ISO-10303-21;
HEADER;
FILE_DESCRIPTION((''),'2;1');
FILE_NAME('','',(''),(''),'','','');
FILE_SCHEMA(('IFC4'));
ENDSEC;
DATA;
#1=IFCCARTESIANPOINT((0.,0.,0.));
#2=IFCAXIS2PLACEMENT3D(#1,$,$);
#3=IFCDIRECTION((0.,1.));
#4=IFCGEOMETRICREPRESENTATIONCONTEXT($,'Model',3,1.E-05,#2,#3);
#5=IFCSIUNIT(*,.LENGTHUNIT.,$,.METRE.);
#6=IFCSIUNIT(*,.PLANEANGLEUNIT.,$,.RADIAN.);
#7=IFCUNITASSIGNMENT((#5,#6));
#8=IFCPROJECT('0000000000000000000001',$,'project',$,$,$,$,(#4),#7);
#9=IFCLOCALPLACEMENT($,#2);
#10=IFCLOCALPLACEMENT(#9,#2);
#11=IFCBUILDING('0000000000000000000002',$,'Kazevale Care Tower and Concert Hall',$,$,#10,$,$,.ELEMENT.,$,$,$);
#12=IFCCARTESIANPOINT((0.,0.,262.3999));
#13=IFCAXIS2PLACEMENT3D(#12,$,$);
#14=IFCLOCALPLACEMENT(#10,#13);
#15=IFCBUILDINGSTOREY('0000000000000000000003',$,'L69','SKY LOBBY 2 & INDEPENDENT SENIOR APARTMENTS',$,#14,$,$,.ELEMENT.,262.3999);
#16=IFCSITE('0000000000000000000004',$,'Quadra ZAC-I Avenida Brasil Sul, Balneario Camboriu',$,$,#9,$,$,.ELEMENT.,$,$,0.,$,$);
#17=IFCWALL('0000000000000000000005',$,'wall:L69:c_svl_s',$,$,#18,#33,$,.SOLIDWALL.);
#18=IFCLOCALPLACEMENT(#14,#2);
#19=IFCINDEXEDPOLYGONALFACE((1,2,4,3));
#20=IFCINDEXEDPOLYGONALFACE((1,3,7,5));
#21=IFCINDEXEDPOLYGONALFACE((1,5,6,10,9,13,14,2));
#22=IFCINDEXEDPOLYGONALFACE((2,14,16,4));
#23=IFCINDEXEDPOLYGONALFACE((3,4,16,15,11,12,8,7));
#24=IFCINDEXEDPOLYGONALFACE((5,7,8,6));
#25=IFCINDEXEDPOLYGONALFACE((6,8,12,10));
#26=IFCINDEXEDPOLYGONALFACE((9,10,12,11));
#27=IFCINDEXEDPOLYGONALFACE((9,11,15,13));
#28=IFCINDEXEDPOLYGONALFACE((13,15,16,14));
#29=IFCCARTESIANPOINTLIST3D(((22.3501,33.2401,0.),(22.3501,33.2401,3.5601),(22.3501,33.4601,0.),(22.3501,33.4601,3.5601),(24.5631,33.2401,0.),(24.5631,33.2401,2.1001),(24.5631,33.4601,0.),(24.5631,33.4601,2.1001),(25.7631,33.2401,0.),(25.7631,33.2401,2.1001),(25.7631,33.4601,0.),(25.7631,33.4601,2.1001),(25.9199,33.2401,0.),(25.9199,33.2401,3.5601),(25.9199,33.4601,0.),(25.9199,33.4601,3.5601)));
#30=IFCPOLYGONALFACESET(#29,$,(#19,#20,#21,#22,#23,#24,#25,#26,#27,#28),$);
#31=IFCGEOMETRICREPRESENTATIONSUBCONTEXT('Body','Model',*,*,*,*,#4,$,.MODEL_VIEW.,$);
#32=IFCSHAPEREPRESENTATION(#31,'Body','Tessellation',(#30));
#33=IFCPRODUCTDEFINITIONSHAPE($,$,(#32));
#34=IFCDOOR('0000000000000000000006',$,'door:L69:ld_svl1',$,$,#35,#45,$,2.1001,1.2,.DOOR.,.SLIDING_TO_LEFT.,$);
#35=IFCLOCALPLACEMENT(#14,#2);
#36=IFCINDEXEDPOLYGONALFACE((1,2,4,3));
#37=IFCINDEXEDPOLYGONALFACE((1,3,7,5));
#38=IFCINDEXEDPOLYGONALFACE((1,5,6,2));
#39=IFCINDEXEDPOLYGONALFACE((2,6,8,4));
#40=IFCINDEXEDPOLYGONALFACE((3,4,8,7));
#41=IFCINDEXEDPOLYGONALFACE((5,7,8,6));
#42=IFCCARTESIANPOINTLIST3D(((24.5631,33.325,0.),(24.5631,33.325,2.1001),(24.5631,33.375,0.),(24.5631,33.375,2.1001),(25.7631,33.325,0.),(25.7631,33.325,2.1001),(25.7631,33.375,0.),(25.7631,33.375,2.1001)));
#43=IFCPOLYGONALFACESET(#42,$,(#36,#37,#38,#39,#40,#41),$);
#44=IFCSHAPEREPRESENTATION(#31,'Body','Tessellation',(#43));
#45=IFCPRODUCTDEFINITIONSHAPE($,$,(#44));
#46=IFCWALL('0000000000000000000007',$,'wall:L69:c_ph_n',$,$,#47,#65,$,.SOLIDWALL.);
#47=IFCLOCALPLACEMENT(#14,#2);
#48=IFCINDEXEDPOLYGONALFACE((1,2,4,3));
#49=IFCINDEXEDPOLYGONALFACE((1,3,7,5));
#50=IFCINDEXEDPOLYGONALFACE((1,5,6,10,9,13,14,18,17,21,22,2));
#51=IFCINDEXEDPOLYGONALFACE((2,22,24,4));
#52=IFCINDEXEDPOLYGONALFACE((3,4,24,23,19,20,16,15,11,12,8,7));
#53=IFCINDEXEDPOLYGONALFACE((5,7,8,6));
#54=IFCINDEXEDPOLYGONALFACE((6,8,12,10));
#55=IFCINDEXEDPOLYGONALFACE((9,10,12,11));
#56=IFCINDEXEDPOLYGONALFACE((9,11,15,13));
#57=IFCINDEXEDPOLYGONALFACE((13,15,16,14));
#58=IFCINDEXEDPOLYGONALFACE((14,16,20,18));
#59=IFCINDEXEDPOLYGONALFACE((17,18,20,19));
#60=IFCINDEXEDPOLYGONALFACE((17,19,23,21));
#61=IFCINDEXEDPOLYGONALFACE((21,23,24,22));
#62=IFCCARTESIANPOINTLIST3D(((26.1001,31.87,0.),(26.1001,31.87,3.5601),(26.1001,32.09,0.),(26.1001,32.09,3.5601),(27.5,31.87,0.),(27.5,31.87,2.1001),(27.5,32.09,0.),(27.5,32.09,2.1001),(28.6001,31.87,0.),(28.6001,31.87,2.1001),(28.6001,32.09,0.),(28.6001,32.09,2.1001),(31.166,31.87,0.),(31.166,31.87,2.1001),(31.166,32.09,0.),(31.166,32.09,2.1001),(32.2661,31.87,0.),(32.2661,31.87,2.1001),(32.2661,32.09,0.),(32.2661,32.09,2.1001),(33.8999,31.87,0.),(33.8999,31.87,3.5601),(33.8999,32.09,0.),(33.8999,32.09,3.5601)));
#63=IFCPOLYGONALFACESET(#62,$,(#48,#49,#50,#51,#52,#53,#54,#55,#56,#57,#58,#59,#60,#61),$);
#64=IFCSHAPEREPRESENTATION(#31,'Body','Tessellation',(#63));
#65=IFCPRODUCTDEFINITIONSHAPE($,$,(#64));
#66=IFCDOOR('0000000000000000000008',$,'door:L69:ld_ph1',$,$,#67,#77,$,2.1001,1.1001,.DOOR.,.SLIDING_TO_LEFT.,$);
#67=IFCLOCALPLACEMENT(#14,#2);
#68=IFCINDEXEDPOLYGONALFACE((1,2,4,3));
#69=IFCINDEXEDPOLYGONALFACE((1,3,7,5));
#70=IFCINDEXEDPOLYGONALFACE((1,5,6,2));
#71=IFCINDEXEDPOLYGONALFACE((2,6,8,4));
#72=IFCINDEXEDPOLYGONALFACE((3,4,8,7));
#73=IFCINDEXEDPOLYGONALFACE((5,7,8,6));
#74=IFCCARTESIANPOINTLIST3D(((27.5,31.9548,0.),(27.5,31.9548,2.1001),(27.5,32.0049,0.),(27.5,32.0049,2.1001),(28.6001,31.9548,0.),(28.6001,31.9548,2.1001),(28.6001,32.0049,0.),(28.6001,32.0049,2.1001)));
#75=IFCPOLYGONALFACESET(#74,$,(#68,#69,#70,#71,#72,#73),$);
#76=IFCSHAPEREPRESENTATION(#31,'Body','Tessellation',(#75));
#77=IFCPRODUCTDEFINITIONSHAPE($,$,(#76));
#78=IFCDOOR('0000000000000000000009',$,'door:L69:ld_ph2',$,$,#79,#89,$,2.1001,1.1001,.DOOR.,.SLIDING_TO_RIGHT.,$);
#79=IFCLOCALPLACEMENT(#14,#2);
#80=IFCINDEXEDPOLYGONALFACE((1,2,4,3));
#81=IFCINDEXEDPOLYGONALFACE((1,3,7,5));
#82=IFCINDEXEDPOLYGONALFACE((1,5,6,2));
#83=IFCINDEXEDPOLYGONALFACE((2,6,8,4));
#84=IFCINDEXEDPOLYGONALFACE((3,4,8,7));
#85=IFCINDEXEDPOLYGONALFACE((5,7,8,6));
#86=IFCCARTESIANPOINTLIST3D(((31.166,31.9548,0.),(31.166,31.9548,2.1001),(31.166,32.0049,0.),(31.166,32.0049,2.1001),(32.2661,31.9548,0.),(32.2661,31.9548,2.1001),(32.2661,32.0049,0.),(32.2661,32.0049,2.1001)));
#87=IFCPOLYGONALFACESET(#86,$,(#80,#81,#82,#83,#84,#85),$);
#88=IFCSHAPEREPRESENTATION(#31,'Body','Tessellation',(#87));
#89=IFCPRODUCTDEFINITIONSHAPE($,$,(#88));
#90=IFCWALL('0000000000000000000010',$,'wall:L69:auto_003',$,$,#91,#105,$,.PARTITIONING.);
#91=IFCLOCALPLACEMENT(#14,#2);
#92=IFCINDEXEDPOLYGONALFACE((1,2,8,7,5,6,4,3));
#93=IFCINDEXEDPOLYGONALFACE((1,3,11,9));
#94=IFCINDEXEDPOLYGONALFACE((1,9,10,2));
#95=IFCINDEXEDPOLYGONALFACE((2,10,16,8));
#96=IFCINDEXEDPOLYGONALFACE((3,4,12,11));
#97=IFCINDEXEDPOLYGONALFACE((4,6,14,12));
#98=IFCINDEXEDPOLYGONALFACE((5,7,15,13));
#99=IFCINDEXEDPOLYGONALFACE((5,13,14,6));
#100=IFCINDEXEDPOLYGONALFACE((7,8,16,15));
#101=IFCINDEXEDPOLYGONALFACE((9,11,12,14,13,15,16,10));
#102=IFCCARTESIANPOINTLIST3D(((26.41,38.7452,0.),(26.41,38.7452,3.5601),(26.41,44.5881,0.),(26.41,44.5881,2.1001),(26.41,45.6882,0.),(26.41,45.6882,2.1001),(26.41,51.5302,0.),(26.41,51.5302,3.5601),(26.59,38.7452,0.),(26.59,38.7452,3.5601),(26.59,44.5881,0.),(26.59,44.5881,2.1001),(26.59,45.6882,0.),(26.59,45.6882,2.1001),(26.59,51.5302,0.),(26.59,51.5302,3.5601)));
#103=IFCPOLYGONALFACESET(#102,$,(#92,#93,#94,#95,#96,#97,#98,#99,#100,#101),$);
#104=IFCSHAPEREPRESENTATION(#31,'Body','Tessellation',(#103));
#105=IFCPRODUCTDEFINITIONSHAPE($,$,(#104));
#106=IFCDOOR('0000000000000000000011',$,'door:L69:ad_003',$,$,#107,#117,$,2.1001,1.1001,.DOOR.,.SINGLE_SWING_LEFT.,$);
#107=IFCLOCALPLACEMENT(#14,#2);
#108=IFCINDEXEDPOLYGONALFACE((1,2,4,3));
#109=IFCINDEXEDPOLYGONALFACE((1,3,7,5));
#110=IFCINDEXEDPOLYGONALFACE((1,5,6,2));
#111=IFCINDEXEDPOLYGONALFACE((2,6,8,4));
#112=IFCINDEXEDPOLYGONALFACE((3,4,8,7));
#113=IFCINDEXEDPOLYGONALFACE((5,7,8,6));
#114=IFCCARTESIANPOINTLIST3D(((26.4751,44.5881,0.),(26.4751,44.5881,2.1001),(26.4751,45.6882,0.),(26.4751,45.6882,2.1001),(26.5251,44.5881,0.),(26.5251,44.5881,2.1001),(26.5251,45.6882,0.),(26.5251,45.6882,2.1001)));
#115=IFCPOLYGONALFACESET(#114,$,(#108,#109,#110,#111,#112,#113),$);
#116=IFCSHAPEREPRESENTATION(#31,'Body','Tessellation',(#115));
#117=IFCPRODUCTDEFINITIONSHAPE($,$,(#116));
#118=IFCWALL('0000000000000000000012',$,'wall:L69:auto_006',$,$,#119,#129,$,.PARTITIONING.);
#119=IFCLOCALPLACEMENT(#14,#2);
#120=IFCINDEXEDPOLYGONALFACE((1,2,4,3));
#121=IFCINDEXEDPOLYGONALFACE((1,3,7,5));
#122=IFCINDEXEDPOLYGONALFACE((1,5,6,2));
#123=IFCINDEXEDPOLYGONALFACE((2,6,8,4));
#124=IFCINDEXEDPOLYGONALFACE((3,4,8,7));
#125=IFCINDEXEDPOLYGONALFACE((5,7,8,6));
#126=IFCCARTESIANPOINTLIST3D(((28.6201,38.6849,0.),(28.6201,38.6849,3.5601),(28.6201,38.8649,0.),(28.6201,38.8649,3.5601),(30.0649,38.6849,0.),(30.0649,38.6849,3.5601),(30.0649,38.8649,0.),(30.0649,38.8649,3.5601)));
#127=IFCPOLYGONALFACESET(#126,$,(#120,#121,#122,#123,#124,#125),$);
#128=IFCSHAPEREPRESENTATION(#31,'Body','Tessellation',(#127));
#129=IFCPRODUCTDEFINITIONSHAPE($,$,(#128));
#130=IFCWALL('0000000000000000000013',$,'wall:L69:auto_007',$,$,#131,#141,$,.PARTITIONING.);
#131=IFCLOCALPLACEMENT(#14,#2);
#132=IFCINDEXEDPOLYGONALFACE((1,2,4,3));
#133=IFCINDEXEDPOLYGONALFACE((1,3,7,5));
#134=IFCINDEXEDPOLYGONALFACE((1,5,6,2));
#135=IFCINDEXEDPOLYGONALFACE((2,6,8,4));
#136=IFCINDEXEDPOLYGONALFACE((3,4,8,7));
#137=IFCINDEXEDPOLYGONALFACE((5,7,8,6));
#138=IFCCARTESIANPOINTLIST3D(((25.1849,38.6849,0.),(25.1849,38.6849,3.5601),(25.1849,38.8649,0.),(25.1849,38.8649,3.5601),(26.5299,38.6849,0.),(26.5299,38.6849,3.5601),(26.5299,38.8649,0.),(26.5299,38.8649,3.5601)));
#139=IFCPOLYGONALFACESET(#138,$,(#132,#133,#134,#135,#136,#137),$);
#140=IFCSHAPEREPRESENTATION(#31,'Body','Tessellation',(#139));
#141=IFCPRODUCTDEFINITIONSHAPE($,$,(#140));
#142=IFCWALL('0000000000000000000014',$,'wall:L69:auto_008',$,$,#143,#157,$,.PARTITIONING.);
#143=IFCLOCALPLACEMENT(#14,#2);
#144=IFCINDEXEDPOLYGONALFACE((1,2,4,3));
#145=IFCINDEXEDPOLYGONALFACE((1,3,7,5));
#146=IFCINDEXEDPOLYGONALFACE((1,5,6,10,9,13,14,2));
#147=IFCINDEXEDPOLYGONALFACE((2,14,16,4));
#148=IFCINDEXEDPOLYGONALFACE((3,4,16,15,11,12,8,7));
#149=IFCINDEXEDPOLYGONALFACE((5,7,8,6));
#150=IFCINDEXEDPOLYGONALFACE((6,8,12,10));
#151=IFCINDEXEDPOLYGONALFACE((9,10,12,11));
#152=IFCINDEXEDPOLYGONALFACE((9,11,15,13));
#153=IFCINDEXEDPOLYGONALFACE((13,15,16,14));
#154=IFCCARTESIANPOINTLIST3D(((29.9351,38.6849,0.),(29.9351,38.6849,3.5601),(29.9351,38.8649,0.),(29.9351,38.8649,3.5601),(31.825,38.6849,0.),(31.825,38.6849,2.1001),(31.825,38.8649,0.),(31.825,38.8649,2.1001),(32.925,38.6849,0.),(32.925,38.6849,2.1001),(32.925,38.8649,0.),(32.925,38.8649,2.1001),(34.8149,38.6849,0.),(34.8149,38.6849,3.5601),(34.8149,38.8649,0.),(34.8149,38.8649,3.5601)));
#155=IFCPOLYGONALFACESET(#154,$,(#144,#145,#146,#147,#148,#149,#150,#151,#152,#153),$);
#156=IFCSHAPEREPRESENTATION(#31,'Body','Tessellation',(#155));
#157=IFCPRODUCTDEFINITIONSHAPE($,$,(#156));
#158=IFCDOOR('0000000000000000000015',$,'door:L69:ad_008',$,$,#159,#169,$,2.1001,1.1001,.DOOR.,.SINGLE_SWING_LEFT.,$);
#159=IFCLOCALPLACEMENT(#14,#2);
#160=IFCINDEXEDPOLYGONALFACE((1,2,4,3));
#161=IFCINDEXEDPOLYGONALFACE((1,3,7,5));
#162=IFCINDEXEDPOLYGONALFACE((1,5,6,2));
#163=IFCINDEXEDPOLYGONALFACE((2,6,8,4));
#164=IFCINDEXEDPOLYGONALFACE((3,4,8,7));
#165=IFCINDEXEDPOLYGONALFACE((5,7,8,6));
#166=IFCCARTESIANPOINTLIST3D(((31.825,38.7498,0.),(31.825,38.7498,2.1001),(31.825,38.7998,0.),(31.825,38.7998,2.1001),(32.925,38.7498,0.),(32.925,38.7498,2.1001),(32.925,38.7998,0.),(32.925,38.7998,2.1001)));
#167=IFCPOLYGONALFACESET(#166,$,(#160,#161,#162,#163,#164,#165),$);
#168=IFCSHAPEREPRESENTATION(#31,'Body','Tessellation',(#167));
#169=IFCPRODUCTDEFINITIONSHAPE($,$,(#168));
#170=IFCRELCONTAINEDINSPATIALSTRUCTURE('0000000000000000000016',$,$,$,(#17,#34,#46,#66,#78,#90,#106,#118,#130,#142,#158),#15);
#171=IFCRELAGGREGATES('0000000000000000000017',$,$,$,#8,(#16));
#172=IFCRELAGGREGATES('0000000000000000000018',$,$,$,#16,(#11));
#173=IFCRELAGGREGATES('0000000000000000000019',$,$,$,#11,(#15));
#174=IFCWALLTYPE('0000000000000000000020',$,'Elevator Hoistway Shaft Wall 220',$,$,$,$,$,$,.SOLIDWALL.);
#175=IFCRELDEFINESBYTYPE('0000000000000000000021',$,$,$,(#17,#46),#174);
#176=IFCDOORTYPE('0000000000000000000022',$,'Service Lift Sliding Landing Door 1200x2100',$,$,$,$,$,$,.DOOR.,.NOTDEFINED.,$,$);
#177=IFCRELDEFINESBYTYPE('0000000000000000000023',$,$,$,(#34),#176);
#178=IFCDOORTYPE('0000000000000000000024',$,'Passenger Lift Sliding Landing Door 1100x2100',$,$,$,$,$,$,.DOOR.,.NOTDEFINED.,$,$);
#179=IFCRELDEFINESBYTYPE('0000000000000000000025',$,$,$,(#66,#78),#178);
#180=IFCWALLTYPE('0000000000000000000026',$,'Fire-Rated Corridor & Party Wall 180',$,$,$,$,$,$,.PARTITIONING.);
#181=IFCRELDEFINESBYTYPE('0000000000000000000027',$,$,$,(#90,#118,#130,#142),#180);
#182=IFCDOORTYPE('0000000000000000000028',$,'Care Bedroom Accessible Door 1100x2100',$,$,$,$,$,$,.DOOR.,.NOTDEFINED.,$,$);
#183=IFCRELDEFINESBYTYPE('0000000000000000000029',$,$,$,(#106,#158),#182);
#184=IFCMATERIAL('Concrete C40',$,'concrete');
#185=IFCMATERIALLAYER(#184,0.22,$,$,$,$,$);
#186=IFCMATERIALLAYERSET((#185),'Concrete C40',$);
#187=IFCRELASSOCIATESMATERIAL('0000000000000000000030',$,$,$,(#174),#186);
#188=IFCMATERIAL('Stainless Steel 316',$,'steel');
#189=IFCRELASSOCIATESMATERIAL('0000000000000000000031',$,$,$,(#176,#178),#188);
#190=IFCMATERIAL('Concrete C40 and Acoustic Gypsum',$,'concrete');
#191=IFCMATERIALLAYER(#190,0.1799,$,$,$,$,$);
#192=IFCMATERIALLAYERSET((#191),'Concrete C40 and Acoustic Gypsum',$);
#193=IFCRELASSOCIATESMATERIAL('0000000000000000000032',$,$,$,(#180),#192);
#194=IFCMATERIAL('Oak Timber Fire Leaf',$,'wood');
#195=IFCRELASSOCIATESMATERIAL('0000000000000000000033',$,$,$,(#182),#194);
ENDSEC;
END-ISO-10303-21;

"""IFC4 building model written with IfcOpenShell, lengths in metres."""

from ifc_helpers import new_model, si_unit, direction, frame, frame_2d, origin, place, context, subcontext, project, spatial, rectangle, extrude, material, layer, layer_set, type_object, element, fill, save


model = new_model("IFC4")

# Units and contexts
model_context = context("Model", 3, precision=1e-05, world=origin(), true_north=direction((0.0, 1.0)))
body_context = subcontext(model_context, "Body", "Model", "MODEL_VIEW")
ifc_project = project(units=[si_unit("LENGTHUNIT", "METRE"), si_unit("PLANEANGLEUNIT", "RADIAN")], contexts=[model_context])

# Site, building, storey
site_placement = place(None, origin())
site = spatial("IfcSite", under=ifc_project, at=site_placement, Name="Quadra ZAC-I Avenida Brasil Sul, Balneario Camboriu", CompositionType="ELEMENT", RefElevation=0.0)
building_placement = place(site_placement, origin())
building = spatial("IfcBuilding", under=site, at=building_placement, Name="Kazevale Care Tower and Concert Hall", CompositionType="ELEMENT")
storey_placement = place(building_placement, frame((0.0, 0.0, 262.3999)))
storey = spatial("IfcBuildingStorey", under=building, at=storey_placement, Name="L69", Description="SKY LOBBY 2 & INDEPENDENT SENIOR APARTMENTS", CompositionType="ELEMENT", Elevation=262.3999)

# Shared definitions
ifc_material_1 = material(Name="Oak Timber Fire Leaf", Category="wood")

# Shared definitions
ifc_material_2 = material(Name="Concrete C40", Category="concrete")
ifc_layer_1 = layer(ifc_material_2, 0.22)
ifc_layer_set_1 = layer_set([ifc_layer_1], Name="Concrete C40")
wall_type_1 = type_object("IfcWallType", Name="Elevator Hoistway Shaft Wall 220", PredefinedType="SOLIDWALL", material=ifc_layer_set_1)

# Wall, opening, door
wall_1_placement = place(storey_placement, frame((22.3501, 33.3501, 0.0), z_axis=(0.0, 0.0, 1.0), x_axis=(1.0, 0.0, 0.0)))
wall_1 = element("IfcWall", 1, at=wall_1_placement, inside=storey, type_object=wall_type_1, Name="wall:L69:c_svl_s", PredefinedType="SOLIDWALL", context=body_context, shape_type="SweptSolid", body=[
    extrude(rectangle(XDim=3.5698, YDim=0.22, at=frame_2d((1.7849, 0.0))), origin(), (0.0, 0.0, 1.0), 3.5601),
])
opening_1_placement = place(wall_1_placement, frame((2.2129, 0.0, 0.0)))
opening_1 = element("IfcOpeningElement", 2, at=opening_1_placement, cuts=wall_1, PredefinedType="OPENING", context=body_context, shape_type="SweptSolid", body=[
    extrude(rectangle(XDim=1.2, YDim=2.1001, at=frame_2d((0.6001, 1.05))), frame((0.0, 0.1199, 0.0), z_axis=(0.0, -1.0, 0.0), x_axis=(1.0, 0.0, 0.0)), (0.0, 0.0, 1.0), 0.24),
])
ifc_material_3 = material(Name="Stainless Steel 316", Category="steel")
door_type_1 = type_object("IfcDoorType", Name="Service Lift Sliding Landing Door 1200x2100", OperationType="NOTDEFINED", PredefinedType="DOOR", material=ifc_material_3)
door_1_placement = place(opening_1_placement, origin())
door_1 = element("IfcDoor", 3, at=door_1_placement, inside=storey, type_object=door_type_1, Name="door:L69:ld_svl1", OperationType="SLIDING_TO_LEFT", OverallHeight=2.1001, OverallWidth=1.2, PredefinedType="DOOR", context=body_context, shape_type="SweptSolid", body=[
    extrude(rectangle(XDim=1.2, YDim=2.1001, at=frame_2d((0.6001, 1.05))), frame((0.0, 0.0249, 0.0), z_axis=(0.0, -1.0, 0.0), x_axis=(1.0, 0.0, 0.0)), (0.0, 0.0, 1.0), 0.05),
])
fill(opening_1, door_1)

# Wall, openings, doors
wall_2_placement = place(storey_placement, frame((26.1001, 31.98, 0.0), z_axis=(0.0, 0.0, 1.0), x_axis=(1.0, 0.0, 0.0)))
wall_2 = element("IfcWall", 4, at=wall_2_placement, inside=storey, type_object=wall_type_1, Name="wall:L69:c_ph_n", PredefinedType="SOLIDWALL", context=body_context, shape_type="SweptSolid", body=[
    extrude(rectangle(XDim=7.7998, YDim=0.22, at=frame_2d((3.8999, 0.0))), origin(), (0.0, 0.0, 1.0), 3.5601),
])
opening_2_placement = place(wall_2_placement, frame((1.3999, 0.0, 0.0)))
opening_2 = element("IfcOpeningElement", 5, at=opening_2_placement, cuts=wall_2, PredefinedType="OPENING", context=body_context, shape_type="SweptSolid", body=[
    extrude(rectangle(XDim=1.1001, YDim=2.1001, at=frame_2d((0.55, 1.05))), frame((0.0, 0.1199, 0.0), z_axis=(0.0, -1.0, 0.0), x_axis=(1.0, 0.0, 0.0)), (0.0, 0.0, 1.0), 0.24),
])
opening_3_placement = place(wall_2_placement, frame((5.0659, 0.0, 0.0)))
opening_3 = element("IfcOpeningElement", 6, at=opening_3_placement, cuts=wall_2, PredefinedType="OPENING", context=body_context, shape_type="SweptSolid", body=[
    extrude(rectangle(XDim=1.1001, YDim=2.1001, at=frame_2d((0.55, 1.05))), frame((0.0, 0.1199, 0.0), z_axis=(0.0, -1.0, 0.0), x_axis=(1.0, 0.0, 0.0)), (0.0, 0.0, 1.0), 0.24),
])
door_type_2 = type_object("IfcDoorType", Name="Passenger Lift Sliding Landing Door 1100x2100", OperationType="NOTDEFINED", PredefinedType="DOOR", material=ifc_material_3)
door_2_placement = place(opening_2_placement, origin())
door_2 = element("IfcDoor", 7, at=door_2_placement, inside=storey, type_object=door_type_2, Name="door:L69:ld_ph1", OperationType="SLIDING_TO_LEFT", OverallHeight=2.1001, OverallWidth=1.1001, PredefinedType="DOOR", context=body_context, shape_type="SweptSolid", body=[
    extrude(rectangle(XDim=1.1001, YDim=2.1001, at=frame_2d((0.55, 1.05))), frame((0.0, 0.0249, 0.0), z_axis=(0.0, -1.0, 0.0), x_axis=(1.0, 0.0, 0.0)), (0.0, 0.0, 1.0), 0.05),
])
fill(opening_2, door_2)
door_3_placement = place(opening_3_placement, origin())
door_3 = element("IfcDoor", 8, at=door_3_placement, inside=storey, type_object=door_type_2, Name="door:L69:ld_ph2", OperationType="SLIDING_TO_RIGHT", OverallHeight=2.1001, OverallWidth=1.1001, PredefinedType="DOOR", context=body_context, shape_type="SweptSolid", body=[
    extrude(rectangle(XDim=1.1001, YDim=2.1001, at=frame_2d((0.55, 1.05))), frame((0.0, 0.0249, 0.0), z_axis=(0.0, -1.0, 0.0), x_axis=(1.0, 0.0, 0.0)), (0.0, 0.0, 1.0), 0.05),
])
fill(opening_3, door_3)

# Wall, opening, door
ifc_material_4 = material(Name="Concrete C40 and Acoustic Gypsum", Category="concrete")
ifc_layer_2 = layer(ifc_material_4, 0.1799)
ifc_layer_set_2 = layer_set([ifc_layer_2], Name="Concrete C40 and Acoustic Gypsum")
wall_type_2 = type_object("IfcWallType", Name="Fire-Rated Corridor & Party Wall 180", PredefinedType="PARTITIONING", material=ifc_layer_set_2)
wall_3_placement = place(storey_placement, frame((26.5, 38.7451, 0.0), z_axis=(0.0, 0.0, 1.0), x_axis=(0.0, 1.0, 0.0)))
wall_3 = element("IfcWall", 9, at=wall_3_placement, inside=storey, type_object=wall_type_2, Name="wall:L69:auto_003", PredefinedType="PARTITIONING", context=body_context, shape_type="SweptSolid", body=[
    extrude(rectangle(XDim=12.7849, YDim=0.1799, at=frame_2d((6.3926, 0.0))), origin(), (0.0, 0.0, 1.0), 3.5601),
])
opening_4_placement = place(wall_3_placement, frame((5.843, 0.0, 0.0)))
opening_4 = element("IfcOpeningElement", 10, at=opening_4_placement, cuts=wall_3, PredefinedType="OPENING", context=body_context, shape_type="SweptSolid", body=[
    extrude(rectangle(XDim=1.1001, YDim=2.1001, at=frame_2d((0.55, 1.05))), frame((0.0, 0.0999, 0.0), z_axis=(0.0, -1.0, 0.0), x_axis=(1.0, 0.0, 0.0)), (0.0, 0.0, 1.0), 0.2),
])
door_type_3 = type_object("IfcDoorType", Name="Care Bedroom Accessible Door 1100x2100", OperationType="NOTDEFINED", PredefinedType="DOOR", material=ifc_material_1)
door_4_placement = place(opening_4_placement, origin())
door_4 = element("IfcDoor", 11, at=door_4_placement, inside=storey, type_object=door_type_3, Name="door:L69:ad_003", OperationType="SINGLE_SWING_LEFT", OverallHeight=2.1001, OverallWidth=1.1001, PredefinedType="DOOR", context=body_context, shape_type="SweptSolid", body=[
    extrude(rectangle(XDim=1.1001, YDim=2.1001, at=frame_2d((0.55, 1.05))), frame((0.0, 0.0249, 0.0), z_axis=(0.0, -1.0, 0.0), x_axis=(1.0, 0.0, 0.0)), (0.0, 0.0, 1.0), 0.05),
])
fill(opening_4, door_4)

# Walls
wall_4_placement = place(storey_placement, frame((28.6201, 38.7749, 0.0), z_axis=(0.0, 0.0, 1.0), x_axis=(1.0, 0.0, 0.0)))
element("IfcWall", 12, at=wall_4_placement, inside=storey, type_object=wall_type_2, Name="wall:L69:auto_006", PredefinedType="PARTITIONING", context=body_context, shape_type="SweptSolid", body=[
    extrude(rectangle(XDim=1.4448, YDim=0.1799, at=frame_2d((0.7224, 0.0))), origin(), (0.0, 0.0, 1.0), 3.5601),
])
wall_5_placement = place(storey_placement, frame((25.1851, 38.7749, 0.0), z_axis=(0.0, 0.0, 1.0), x_axis=(1.0, 0.0, 0.0)))
element("IfcWall", 13, at=wall_5_placement, inside=storey, type_object=wall_type_2, Name="wall:L69:auto_007", PredefinedType="PARTITIONING", context=body_context, shape_type="SweptSolid", body=[
    extrude(rectangle(XDim=1.345, YDim=0.1799, at=frame_2d((0.6724, 0.0))), origin(), (0.0, 0.0, 1.0), 3.5601),
])

# Wall, opening, door
wall_6_placement = place(storey_placement, frame((29.9351, 38.7749, 0.0), z_axis=(0.0, 0.0, 1.0), x_axis=(1.0, 0.0, 0.0)))
wall_6 = element("IfcWall", 14, at=wall_6_placement, inside=storey, type_object=wall_type_2, Name="wall:L69:auto_008", PredefinedType="PARTITIONING", context=body_context, shape_type="SweptSolid", body=[
    extrude(rectangle(XDim=4.8799, YDim=0.1799, at=frame_2d((2.4399, 0.0))), origin(), (0.0, 0.0, 1.0), 3.5601),
])
opening_5_placement = place(wall_6_placement, frame((1.8899, 0.0, 0.0)))
opening_5 = element("IfcOpeningElement", 15, at=opening_5_placement, cuts=wall_6, PredefinedType="OPENING", context=body_context, shape_type="SweptSolid", body=[
    extrude(rectangle(XDim=1.1001, YDim=2.1001, at=frame_2d((0.55, 1.05))), frame((0.0, 0.0999, 0.0), z_axis=(0.0, -1.0, 0.0), x_axis=(1.0, 0.0, 0.0)), (0.0, 0.0, 1.0), 0.2),
])
door_5_placement = place(opening_5_placement, origin())
door_5 = element("IfcDoor", 16, at=door_5_placement, inside=storey, type_object=door_type_3, Name="door:L69:ad_008", OperationType="SINGLE_SWING_LEFT", OverallHeight=2.1001, OverallWidth=1.1001, PredefinedType="DOOR", context=body_context, shape_type="SweptSolid", body=[
    extrude(rectangle(XDim=1.1001, YDim=2.1001, at=frame_2d((0.55, 1.05))), frame((0.0, 0.0249, 0.0), z_axis=(0.0, -1.0, 0.0), x_axis=(1.0, 0.0, 0.0)), (0.0, 0.0, 1.0), 0.05),
])
fill(opening_5, door_5)

save(model, "model.ifc")
